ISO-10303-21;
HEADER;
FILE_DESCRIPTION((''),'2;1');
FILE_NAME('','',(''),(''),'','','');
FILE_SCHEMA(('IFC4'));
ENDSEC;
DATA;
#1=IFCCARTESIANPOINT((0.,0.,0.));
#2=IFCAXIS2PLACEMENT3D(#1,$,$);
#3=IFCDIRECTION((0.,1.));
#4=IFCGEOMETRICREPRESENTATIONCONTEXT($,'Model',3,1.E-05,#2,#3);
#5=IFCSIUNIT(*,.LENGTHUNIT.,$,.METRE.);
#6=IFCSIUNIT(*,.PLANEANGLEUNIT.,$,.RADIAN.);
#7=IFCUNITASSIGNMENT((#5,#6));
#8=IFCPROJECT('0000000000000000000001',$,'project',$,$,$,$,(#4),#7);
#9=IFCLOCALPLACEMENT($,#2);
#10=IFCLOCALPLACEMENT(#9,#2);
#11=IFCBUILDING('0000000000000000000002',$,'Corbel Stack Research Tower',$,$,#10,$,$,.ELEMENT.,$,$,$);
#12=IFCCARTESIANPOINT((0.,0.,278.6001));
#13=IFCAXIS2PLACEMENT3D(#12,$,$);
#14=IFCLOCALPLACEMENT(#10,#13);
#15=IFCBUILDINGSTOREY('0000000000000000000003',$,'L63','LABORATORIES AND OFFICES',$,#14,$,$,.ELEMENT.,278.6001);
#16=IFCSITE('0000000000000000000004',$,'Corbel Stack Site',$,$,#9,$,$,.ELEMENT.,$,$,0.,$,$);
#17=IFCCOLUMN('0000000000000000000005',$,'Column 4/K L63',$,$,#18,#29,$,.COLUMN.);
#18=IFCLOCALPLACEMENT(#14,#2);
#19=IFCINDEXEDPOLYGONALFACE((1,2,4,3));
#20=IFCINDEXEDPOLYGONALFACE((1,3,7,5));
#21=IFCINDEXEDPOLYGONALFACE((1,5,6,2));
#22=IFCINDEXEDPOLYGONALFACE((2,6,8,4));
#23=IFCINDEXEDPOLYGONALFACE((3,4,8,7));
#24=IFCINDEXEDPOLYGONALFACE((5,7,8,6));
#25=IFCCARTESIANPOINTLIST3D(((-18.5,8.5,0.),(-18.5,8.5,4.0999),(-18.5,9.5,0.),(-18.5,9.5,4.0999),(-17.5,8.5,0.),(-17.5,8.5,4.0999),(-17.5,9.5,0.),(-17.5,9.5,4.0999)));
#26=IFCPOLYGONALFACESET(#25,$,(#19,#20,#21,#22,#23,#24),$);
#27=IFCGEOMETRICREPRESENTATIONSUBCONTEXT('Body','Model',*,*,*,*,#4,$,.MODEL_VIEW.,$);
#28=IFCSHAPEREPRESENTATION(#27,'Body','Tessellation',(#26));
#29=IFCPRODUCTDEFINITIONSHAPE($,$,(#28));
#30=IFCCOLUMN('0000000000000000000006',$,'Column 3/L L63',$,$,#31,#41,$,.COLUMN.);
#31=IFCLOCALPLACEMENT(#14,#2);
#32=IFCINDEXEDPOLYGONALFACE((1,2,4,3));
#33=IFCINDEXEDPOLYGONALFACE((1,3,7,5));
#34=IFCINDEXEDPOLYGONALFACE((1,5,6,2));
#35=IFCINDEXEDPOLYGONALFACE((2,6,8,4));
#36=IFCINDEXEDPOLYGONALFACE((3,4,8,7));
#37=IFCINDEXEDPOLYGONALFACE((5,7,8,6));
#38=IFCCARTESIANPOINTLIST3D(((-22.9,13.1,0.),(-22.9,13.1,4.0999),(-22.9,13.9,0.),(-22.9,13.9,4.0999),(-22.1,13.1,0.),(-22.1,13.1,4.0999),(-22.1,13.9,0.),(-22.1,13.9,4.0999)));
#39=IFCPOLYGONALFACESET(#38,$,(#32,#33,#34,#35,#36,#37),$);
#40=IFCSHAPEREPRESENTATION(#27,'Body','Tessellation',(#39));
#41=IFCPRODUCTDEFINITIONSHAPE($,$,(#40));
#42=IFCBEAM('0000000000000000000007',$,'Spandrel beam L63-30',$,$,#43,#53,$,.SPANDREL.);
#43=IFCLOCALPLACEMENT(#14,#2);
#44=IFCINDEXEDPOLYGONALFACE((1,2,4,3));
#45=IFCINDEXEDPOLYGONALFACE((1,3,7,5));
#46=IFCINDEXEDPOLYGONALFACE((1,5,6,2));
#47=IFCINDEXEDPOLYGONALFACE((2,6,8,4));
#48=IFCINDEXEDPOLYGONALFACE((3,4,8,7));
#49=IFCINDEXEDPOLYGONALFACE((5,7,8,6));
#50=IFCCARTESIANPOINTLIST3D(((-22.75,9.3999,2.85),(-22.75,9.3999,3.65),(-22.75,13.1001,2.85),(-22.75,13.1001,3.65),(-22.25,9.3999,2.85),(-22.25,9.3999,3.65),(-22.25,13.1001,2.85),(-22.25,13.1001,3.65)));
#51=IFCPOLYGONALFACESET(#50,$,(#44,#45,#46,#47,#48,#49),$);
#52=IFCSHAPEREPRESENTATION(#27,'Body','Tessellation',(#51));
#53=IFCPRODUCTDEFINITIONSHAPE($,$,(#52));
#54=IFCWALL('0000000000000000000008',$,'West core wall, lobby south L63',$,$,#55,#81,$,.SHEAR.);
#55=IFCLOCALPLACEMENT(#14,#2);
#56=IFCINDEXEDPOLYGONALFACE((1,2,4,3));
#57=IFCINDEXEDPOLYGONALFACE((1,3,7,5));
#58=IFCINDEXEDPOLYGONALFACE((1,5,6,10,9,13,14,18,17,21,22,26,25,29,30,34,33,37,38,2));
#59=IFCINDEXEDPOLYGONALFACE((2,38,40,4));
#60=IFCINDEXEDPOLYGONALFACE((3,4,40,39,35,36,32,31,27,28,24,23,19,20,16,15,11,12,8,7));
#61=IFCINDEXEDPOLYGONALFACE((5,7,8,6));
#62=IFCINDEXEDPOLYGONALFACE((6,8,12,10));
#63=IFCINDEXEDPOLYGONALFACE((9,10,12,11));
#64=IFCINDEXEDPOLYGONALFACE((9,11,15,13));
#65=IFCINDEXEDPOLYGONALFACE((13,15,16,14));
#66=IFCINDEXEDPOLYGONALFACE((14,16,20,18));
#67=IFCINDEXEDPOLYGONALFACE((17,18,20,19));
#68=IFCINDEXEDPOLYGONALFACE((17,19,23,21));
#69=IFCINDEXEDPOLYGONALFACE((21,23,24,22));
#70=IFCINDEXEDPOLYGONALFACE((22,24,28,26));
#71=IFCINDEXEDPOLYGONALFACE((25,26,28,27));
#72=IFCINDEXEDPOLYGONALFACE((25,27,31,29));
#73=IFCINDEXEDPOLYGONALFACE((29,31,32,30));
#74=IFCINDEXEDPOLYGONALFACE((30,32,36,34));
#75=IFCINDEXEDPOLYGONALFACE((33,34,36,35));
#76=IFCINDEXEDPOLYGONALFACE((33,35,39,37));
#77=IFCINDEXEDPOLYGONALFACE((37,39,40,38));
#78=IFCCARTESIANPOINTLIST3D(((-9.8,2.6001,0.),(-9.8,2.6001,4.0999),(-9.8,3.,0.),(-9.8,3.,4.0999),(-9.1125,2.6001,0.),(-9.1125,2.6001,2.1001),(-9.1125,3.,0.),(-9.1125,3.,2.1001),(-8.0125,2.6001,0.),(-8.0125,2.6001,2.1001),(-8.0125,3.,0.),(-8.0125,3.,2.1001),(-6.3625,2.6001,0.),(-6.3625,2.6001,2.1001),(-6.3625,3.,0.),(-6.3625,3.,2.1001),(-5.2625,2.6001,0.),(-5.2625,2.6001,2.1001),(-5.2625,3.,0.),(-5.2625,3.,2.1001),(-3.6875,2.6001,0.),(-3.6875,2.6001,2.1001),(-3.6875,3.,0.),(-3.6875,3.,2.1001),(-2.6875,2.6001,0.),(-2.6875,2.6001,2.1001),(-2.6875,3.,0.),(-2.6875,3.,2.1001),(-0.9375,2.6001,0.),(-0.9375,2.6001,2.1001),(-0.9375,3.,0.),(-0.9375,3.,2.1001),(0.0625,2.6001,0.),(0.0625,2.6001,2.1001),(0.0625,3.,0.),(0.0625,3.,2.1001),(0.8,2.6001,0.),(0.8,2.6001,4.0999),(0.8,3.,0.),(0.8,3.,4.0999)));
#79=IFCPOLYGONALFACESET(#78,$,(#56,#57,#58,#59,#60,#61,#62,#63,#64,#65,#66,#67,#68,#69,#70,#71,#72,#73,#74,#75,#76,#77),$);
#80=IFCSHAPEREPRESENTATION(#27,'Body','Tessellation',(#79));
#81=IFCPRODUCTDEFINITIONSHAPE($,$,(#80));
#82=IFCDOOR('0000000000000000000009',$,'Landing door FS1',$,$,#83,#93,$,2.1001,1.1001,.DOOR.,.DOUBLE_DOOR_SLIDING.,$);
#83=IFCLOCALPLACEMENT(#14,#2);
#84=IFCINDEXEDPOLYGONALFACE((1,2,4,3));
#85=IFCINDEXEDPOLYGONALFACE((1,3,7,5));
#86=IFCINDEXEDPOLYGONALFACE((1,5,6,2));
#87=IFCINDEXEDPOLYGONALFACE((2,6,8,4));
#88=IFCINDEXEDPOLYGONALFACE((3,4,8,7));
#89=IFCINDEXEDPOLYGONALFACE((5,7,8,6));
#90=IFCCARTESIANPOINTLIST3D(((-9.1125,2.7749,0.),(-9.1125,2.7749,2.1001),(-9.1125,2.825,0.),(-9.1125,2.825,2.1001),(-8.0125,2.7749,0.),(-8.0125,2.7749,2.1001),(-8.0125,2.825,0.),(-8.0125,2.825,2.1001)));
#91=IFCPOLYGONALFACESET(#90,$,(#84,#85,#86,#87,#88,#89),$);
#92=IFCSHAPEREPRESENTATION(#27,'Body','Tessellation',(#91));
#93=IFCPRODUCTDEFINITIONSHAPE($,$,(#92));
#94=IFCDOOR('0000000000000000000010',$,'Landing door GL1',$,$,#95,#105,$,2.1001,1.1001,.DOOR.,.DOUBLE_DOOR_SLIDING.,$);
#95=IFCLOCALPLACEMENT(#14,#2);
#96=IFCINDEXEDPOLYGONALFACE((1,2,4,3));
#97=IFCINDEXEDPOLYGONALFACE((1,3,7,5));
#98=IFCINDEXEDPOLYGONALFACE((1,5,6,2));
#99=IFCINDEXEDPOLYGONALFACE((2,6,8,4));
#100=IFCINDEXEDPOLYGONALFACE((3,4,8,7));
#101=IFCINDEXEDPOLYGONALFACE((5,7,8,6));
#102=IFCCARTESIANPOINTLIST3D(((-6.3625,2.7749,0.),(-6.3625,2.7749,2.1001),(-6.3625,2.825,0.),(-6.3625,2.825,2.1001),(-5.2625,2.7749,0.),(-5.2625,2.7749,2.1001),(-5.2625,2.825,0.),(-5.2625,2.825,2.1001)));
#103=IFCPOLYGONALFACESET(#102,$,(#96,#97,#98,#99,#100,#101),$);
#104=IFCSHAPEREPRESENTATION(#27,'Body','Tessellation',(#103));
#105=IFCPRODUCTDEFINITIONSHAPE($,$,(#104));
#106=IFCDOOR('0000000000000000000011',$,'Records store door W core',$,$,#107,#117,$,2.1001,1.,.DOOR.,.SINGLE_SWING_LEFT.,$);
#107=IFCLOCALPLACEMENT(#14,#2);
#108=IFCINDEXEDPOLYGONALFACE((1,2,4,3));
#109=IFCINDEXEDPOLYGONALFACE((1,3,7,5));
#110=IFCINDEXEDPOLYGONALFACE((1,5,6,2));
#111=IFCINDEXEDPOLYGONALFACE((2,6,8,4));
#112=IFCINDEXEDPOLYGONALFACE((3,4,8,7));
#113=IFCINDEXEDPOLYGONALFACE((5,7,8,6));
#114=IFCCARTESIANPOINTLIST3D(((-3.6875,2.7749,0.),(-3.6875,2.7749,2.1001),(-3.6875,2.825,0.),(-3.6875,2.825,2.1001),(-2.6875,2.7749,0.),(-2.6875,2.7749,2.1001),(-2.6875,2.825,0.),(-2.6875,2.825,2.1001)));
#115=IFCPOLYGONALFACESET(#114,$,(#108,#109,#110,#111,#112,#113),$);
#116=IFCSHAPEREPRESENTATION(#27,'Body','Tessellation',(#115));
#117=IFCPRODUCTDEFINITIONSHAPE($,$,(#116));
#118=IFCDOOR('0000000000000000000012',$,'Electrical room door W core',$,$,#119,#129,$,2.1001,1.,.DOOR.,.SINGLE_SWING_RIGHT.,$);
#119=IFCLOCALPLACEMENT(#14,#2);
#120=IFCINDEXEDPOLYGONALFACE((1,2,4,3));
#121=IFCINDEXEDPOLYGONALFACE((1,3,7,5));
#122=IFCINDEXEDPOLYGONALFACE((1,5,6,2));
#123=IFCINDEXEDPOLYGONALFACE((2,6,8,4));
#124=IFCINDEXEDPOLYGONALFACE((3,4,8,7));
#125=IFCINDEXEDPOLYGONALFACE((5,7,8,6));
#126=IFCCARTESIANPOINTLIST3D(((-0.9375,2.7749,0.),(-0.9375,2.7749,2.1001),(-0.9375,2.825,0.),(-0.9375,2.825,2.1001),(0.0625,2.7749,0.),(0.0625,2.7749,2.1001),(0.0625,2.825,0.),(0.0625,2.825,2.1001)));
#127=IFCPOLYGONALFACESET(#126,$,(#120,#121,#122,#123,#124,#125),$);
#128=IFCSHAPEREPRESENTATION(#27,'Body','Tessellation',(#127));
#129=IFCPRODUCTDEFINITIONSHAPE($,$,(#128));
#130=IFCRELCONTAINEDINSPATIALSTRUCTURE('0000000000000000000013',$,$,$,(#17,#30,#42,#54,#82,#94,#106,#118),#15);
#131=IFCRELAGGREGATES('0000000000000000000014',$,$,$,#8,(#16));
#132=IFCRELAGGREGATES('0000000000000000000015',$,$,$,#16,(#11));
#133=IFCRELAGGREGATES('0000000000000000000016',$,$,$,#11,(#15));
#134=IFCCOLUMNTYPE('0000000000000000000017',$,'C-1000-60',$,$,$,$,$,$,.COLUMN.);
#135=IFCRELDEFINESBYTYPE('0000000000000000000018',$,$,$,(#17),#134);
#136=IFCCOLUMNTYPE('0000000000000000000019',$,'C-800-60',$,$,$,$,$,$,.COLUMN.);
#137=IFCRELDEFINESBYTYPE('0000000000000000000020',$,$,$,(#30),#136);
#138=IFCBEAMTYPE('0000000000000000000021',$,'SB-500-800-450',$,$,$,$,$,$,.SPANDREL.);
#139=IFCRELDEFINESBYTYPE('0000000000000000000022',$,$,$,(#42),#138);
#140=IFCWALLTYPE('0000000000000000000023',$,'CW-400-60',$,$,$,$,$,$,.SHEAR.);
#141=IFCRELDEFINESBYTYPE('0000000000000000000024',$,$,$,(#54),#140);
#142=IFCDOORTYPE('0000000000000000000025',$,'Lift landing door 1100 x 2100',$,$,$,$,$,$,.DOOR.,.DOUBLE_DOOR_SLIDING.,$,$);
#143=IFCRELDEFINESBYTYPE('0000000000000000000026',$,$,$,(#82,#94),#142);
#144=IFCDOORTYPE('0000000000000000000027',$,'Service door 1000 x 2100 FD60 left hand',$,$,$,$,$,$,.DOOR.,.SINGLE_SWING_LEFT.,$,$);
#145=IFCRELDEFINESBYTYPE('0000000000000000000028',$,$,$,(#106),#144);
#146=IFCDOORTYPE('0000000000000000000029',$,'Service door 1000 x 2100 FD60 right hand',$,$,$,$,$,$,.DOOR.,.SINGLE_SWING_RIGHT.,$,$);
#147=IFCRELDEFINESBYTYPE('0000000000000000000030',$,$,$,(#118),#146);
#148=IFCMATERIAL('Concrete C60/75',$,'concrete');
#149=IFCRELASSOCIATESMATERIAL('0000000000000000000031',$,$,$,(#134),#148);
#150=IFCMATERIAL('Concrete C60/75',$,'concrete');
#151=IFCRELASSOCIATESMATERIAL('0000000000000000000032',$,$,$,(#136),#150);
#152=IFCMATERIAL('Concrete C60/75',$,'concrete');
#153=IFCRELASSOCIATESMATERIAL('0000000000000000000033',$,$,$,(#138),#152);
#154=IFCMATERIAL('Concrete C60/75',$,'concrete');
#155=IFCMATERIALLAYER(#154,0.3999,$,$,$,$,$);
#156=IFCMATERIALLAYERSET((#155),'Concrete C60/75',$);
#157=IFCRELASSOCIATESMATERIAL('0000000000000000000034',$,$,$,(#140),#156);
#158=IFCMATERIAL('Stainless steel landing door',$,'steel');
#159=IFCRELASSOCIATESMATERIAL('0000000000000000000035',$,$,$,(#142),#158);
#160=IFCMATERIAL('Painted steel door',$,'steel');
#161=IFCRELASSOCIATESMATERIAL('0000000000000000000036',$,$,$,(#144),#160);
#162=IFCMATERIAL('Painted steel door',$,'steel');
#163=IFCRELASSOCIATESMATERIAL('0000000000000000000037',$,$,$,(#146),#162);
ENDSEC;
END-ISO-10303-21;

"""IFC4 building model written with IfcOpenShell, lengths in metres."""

from ifc_helpers import new_model, si_unit, direction, frame, frame_2d, origin, origin_2d, place, context, subcontext, project, spatial, rectangle, extrude, material, layer, layer_set, material_profile, profile_set, type_object, element, fill, save


model = new_model("IFC4")

# Units and contexts
model_context = context("Model", 3, precision=1e-05, world=origin(), true_north=direction((0.0, 1.0)))
body_context = subcontext(model_context, "Body", "Model", "MODEL_VIEW")
ifc_project = project(units=[si_unit("LENGTHUNIT", "METRE"), si_unit("PLANEANGLEUNIT", "RADIAN")], contexts=[model_context])

# Site, building, storey
site_placement = place(None, origin())
site = spatial("IfcSite", under=ifc_project, at=site_placement, Name="Corbel Stack Site", CompositionType="ELEMENT", RefElevation=0.0)
building_placement = place(site_placement, origin())
building = spatial("IfcBuilding", under=site, at=building_placement, Name="Corbel Stack Research Tower", CompositionType="ELEMENT")
storey_placement = place(building_placement, frame((0.0, 0.0, 278.6001)))
storey = spatial("IfcBuildingStorey", under=building, at=storey_placement, Name="L63", Description="LABORATORIES AND OFFICES", CompositionType="ELEMENT", Elevation=278.6001)

# Columns
ifc_material_1 = material(Name="Concrete C60/75", Category="concrete")
ifc_material_profile_1 = material_profile(ifc_material_1, rectangle(XDim=1.0, YDim=1.0, at=origin_2d()), Name="RC 1000 x 1000")
ifc_profile_set_1 = profile_set([ifc_material_profile_1], Name="Concrete C60/75")
column_type_1 = type_object("IfcColumnType", Name="C-1000-60", PredefinedType="COLUMN", material=ifc_profile_set_1)
column_1_placement = place(storey_placement, frame((-18.0, 9.0, 0.0), z_axis=(0.0, 0.0, 1.0), x_axis=(1.0, 0.0, 0.0)))
element("IfcColumn", 1, at=column_1_placement, inside=storey, type_object=column_type_1, Name="Column 4/K L63", PredefinedType="COLUMN", context=body_context, shape_type="SweptSolid", body=[
    extrude(rectangle(XDim=1.0, YDim=1.0, at=origin_2d()), origin(), (0.0, 0.0, 1.0), 4.0999),
])
ifc_material_2 = material(Name="Concrete C60/75", Category="concrete")
ifc_material_profile_2 = material_profile(ifc_material_2, rectangle(XDim=0.8, YDim=0.8, at=origin_2d()), Name="RC 800 x 800")
ifc_profile_set_2 = profile_set([ifc_material_profile_2], Name="Concrete C60/75")
column_type_2 = type_object("IfcColumnType", Name="C-800-60", PredefinedType="COLUMN", material=ifc_profile_set_2)
column_2_placement = place(storey_placement, frame((-22.5, 13.5, 0.0), z_axis=(0.0, 0.0, 1.0), x_axis=(1.0, 0.0, 0.0)))
element("IfcColumn", 2, at=column_2_placement, inside=storey, type_object=column_type_2, Name="Column 3/L L63", PredefinedType="COLUMN", context=body_context, shape_type="SweptSolid", body=[
    extrude(rectangle(XDim=0.8, YDim=0.8, at=origin_2d()), origin(), (0.0, 0.0, 1.0), 4.0999),
])

# Beam
ifc_material_3 = material(Name="Concrete C60/75", Category="concrete")
ifc_material_profile_3 = material_profile(ifc_material_3, rectangle(XDim=0.5, YDim=0.8, at=origin_2d()), Name="RC 500 x 800")
ifc_profile_set_3 = profile_set([ifc_material_profile_3], Name="Concrete C60/75")
beam_type = type_object("IfcBeamType", Name="SB-500-800-450", PredefinedType="SPANDREL", material=ifc_profile_set_3)
beam_placement = place(storey_placement, frame((-22.5, 13.1001, 3.25), z_axis=(0.0, -1.0, 0.0), x_axis=(1.0, 0.0, 0.0)))
element("IfcBeam", 3, at=beam_placement, inside=storey, type_object=beam_type, Name="Spandrel beam L63-30", PredefinedType="SPANDREL", context=body_context, shape_type="SweptSolid", body=[
    extrude(rectangle(XDim=0.5, YDim=0.8, at=origin_2d()), origin(), (0.0, 0.0, 1.0), 3.7002),
])

# Wall, openings, doors
ifc_material_4 = material(Name="Concrete C60/75", Category="concrete")
ifc_layer_1 = layer(ifc_material_4, 0.3999)
ifc_layer_set_1 = layer_set([ifc_layer_1], Name="Concrete C60/75")
wall_type_1 = type_object("IfcWallType", Name="CW-400-60", PredefinedType="SHEAR", material=ifc_layer_set_1)
wall_1_placement = place(storey_placement, frame((-9.8, 2.8, 0.0), z_axis=(0.0, 0.0, 1.0), x_axis=(1.0, 0.0, 0.0)))
wall_1 = element("IfcWall", 4, at=wall_1_placement, inside=storey, type_object=wall_type_1, Name="West core wall, lobby south L63", PredefinedType="SHEAR", context=body_context, shape_type="SweptSolid", body=[
    extrude(rectangle(XDim=10.6001, YDim=0.3999, at=frame_2d((5.3, 0.0))), origin(), (0.0, 0.0, 1.0), 4.0999),
])
opening_1_placement = place(wall_1_placement, frame((0.6875, 0.0, 0.0)))
opening_1 = element("IfcOpeningElement", 5, at=opening_1_placement, cuts=wall_1, PredefinedType="OPENING", context=body_context, shape_type="SweptSolid", body=[
    extrude(rectangle(XDim=1.1001, YDim=2.1001, at=frame_2d((0.55, 1.05))), frame((0.0, 0.21, 0.0), z_axis=(0.0, -1.0, 0.0), x_axis=(1.0, 0.0, 0.0)), (0.0, 0.0, 1.0), 0.4199),
])
opening_2_placement = place(wall_1_placement, frame((3.4375, 0.0, 0.0)))
opening_2 = element("IfcOpeningElement", 6, at=opening_2_placement, cuts=wall_1, PredefinedType="OPENING", context=body_context, shape_type="SweptSolid", body=[
    extrude(rectangle(XDim=1.1001, YDim=2.1001, at=frame_2d((0.55, 1.05))), frame((0.0, 0.21, 0.0), z_axis=(0.0, -1.0, 0.0), x_axis=(1.0, 0.0, 0.0)), (0.0, 0.0, 1.0), 0.4199),
])
opening_3_placement = place(wall_1_placement, frame((6.1125, 0.0, 0.0)))
opening_3 = element("IfcOpeningElement", 7, at=opening_3_placement, cuts=wall_1, PredefinedType="OPENING", context=body_context, shape_type="SweptSolid", body=[
    extrude(rectangle(XDim=1.0, YDim=2.1001, at=frame_2d((0.5, 1.05))), frame((0.0, 0.21, 0.0), z_axis=(0.0, -1.0, 0.0), x_axis=(1.0, 0.0, 0.0)), (0.0, 0.0, 1.0), 0.4199),
])
opening_4_placement = place(wall_1_placement, frame((8.8625, 0.0, 0.0)))
opening_4 = element("IfcOpeningElement", 8, at=opening_4_placement, cuts=wall_1, PredefinedType="OPENING", context=body_context, shape_type="SweptSolid", body=[
    extrude(rectangle(XDim=1.0, YDim=2.1001, at=frame_2d((0.5, 1.05))), frame((0.0, 0.21, 0.0), z_axis=(0.0, -1.0, 0.0), x_axis=(1.0, 0.0, 0.0)), (0.0, 0.0, 1.0), 0.4199),
])
ifc_material_5 = material(Name="Stainless steel landing door", Category="steel")
door_type_1 = type_object("IfcDoorType", Name="Lift landing door 1100 x 2100", OperationType="DOUBLE_DOOR_SLIDING", PredefinedType="DOOR", material=ifc_material_5)
door_1_placement = place(opening_1_placement, origin())
door_1 = element("IfcDoor", 9, at=door_1_placement, inside=storey, type_object=door_type_1, Name="Landing door FS1", OperationType="DOUBLE_DOOR_SLIDING", OverallHeight=2.1001, OverallWidth=1.1001, PredefinedType="DOOR", context=body_context, shape_type="SweptSolid", body=[
    extrude(rectangle(XDim=1.1001, YDim=2.1001, at=frame_2d((0.55, 1.05))), frame((0.0, 0.0249, 0.0), z_axis=(0.0, -1.0, 0.0), x_axis=(1.0, 0.0, 0.0)), (0.0, 0.0, 1.0), 0.05),
])
fill(opening_1, door_1)
door_2_placement = place(opening_2_placement, origin())
door_2 = element("IfcDoor", 10, at=door_2_placement, inside=storey, type_object=door_type_1, Name="Landing door GL1", OperationType="DOUBLE_DOOR_SLIDING", OverallHeight=2.1001, OverallWidth=1.1001, PredefinedType="DOOR", context=body_context, shape_type="SweptSolid", body=[
    extrude(rectangle(XDim=1.1001, YDim=2.1001, at=frame_2d((0.55, 1.05))), frame((0.0, 0.0249, 0.0), z_axis=(0.0, -1.0, 0.0), x_axis=(1.0, 0.0, 0.0)), (0.0, 0.0, 1.0), 0.05),
])
fill(opening_2, door_2)
ifc_material_6 = material(Name="Painted steel door", Category="steel")
door_type_2 = type_object("IfcDoorType", Name="Service door 1000 x 2100 FD60 left hand", OperationType="SINGLE_SWING_LEFT", PredefinedType="DOOR", material=ifc_material_6)
door_3_placement = place(opening_3_placement, origin())
door_3 = element("IfcDoor", 11, at=door_3_placement, inside=storey, type_object=door_type_2, Name="Records store door W core", OperationType="SINGLE_SWING_LEFT", OverallHeight=2.1001, OverallWidth=1.0, PredefinedType="DOOR", context=body_context, shape_type="SweptSolid", body=[
    extrude(rectangle(XDim=1.0, YDim=2.1001, at=frame_2d((0.5, 1.05))), frame((0.0, 0.0249, 0.0), z_axis=(0.0, -1.0, 0.0), x_axis=(1.0, 0.0, 0.0)), (0.0, 0.0, 1.0), 0.05),
])
fill(opening_3, door_3)
ifc_material_7 = material(Name="Painted steel door", Category="steel")
door_type_3 = type_object("IfcDoorType", Name="Service door 1000 x 2100 FD60 right hand", OperationType="SINGLE_SWING_RIGHT", PredefinedType="DOOR", material=ifc_material_7)
door_4_placement = place(opening_4_placement, origin())
door_4 = element("IfcDoor", 12, at=door_4_placement, inside=storey, type_object=door_type_3, Name="Electrical room door W core", OperationType="SINGLE_SWING_RIGHT", OverallHeight=2.1001, OverallWidth=1.0, PredefinedType="DOOR", context=body_context, shape_type="SweptSolid", body=[
    extrude(rectangle(XDim=1.0, YDim=2.1001, at=frame_2d((0.5, 1.05))), frame((0.0, 0.0249, 0.0), z_axis=(0.0, -1.0, 0.0), x_axis=(1.0, 0.0, 0.0)), (0.0, 0.0, 1.0), 0.05),
])
fill(opening_4, door_4)

save(model, "model.ifc")
